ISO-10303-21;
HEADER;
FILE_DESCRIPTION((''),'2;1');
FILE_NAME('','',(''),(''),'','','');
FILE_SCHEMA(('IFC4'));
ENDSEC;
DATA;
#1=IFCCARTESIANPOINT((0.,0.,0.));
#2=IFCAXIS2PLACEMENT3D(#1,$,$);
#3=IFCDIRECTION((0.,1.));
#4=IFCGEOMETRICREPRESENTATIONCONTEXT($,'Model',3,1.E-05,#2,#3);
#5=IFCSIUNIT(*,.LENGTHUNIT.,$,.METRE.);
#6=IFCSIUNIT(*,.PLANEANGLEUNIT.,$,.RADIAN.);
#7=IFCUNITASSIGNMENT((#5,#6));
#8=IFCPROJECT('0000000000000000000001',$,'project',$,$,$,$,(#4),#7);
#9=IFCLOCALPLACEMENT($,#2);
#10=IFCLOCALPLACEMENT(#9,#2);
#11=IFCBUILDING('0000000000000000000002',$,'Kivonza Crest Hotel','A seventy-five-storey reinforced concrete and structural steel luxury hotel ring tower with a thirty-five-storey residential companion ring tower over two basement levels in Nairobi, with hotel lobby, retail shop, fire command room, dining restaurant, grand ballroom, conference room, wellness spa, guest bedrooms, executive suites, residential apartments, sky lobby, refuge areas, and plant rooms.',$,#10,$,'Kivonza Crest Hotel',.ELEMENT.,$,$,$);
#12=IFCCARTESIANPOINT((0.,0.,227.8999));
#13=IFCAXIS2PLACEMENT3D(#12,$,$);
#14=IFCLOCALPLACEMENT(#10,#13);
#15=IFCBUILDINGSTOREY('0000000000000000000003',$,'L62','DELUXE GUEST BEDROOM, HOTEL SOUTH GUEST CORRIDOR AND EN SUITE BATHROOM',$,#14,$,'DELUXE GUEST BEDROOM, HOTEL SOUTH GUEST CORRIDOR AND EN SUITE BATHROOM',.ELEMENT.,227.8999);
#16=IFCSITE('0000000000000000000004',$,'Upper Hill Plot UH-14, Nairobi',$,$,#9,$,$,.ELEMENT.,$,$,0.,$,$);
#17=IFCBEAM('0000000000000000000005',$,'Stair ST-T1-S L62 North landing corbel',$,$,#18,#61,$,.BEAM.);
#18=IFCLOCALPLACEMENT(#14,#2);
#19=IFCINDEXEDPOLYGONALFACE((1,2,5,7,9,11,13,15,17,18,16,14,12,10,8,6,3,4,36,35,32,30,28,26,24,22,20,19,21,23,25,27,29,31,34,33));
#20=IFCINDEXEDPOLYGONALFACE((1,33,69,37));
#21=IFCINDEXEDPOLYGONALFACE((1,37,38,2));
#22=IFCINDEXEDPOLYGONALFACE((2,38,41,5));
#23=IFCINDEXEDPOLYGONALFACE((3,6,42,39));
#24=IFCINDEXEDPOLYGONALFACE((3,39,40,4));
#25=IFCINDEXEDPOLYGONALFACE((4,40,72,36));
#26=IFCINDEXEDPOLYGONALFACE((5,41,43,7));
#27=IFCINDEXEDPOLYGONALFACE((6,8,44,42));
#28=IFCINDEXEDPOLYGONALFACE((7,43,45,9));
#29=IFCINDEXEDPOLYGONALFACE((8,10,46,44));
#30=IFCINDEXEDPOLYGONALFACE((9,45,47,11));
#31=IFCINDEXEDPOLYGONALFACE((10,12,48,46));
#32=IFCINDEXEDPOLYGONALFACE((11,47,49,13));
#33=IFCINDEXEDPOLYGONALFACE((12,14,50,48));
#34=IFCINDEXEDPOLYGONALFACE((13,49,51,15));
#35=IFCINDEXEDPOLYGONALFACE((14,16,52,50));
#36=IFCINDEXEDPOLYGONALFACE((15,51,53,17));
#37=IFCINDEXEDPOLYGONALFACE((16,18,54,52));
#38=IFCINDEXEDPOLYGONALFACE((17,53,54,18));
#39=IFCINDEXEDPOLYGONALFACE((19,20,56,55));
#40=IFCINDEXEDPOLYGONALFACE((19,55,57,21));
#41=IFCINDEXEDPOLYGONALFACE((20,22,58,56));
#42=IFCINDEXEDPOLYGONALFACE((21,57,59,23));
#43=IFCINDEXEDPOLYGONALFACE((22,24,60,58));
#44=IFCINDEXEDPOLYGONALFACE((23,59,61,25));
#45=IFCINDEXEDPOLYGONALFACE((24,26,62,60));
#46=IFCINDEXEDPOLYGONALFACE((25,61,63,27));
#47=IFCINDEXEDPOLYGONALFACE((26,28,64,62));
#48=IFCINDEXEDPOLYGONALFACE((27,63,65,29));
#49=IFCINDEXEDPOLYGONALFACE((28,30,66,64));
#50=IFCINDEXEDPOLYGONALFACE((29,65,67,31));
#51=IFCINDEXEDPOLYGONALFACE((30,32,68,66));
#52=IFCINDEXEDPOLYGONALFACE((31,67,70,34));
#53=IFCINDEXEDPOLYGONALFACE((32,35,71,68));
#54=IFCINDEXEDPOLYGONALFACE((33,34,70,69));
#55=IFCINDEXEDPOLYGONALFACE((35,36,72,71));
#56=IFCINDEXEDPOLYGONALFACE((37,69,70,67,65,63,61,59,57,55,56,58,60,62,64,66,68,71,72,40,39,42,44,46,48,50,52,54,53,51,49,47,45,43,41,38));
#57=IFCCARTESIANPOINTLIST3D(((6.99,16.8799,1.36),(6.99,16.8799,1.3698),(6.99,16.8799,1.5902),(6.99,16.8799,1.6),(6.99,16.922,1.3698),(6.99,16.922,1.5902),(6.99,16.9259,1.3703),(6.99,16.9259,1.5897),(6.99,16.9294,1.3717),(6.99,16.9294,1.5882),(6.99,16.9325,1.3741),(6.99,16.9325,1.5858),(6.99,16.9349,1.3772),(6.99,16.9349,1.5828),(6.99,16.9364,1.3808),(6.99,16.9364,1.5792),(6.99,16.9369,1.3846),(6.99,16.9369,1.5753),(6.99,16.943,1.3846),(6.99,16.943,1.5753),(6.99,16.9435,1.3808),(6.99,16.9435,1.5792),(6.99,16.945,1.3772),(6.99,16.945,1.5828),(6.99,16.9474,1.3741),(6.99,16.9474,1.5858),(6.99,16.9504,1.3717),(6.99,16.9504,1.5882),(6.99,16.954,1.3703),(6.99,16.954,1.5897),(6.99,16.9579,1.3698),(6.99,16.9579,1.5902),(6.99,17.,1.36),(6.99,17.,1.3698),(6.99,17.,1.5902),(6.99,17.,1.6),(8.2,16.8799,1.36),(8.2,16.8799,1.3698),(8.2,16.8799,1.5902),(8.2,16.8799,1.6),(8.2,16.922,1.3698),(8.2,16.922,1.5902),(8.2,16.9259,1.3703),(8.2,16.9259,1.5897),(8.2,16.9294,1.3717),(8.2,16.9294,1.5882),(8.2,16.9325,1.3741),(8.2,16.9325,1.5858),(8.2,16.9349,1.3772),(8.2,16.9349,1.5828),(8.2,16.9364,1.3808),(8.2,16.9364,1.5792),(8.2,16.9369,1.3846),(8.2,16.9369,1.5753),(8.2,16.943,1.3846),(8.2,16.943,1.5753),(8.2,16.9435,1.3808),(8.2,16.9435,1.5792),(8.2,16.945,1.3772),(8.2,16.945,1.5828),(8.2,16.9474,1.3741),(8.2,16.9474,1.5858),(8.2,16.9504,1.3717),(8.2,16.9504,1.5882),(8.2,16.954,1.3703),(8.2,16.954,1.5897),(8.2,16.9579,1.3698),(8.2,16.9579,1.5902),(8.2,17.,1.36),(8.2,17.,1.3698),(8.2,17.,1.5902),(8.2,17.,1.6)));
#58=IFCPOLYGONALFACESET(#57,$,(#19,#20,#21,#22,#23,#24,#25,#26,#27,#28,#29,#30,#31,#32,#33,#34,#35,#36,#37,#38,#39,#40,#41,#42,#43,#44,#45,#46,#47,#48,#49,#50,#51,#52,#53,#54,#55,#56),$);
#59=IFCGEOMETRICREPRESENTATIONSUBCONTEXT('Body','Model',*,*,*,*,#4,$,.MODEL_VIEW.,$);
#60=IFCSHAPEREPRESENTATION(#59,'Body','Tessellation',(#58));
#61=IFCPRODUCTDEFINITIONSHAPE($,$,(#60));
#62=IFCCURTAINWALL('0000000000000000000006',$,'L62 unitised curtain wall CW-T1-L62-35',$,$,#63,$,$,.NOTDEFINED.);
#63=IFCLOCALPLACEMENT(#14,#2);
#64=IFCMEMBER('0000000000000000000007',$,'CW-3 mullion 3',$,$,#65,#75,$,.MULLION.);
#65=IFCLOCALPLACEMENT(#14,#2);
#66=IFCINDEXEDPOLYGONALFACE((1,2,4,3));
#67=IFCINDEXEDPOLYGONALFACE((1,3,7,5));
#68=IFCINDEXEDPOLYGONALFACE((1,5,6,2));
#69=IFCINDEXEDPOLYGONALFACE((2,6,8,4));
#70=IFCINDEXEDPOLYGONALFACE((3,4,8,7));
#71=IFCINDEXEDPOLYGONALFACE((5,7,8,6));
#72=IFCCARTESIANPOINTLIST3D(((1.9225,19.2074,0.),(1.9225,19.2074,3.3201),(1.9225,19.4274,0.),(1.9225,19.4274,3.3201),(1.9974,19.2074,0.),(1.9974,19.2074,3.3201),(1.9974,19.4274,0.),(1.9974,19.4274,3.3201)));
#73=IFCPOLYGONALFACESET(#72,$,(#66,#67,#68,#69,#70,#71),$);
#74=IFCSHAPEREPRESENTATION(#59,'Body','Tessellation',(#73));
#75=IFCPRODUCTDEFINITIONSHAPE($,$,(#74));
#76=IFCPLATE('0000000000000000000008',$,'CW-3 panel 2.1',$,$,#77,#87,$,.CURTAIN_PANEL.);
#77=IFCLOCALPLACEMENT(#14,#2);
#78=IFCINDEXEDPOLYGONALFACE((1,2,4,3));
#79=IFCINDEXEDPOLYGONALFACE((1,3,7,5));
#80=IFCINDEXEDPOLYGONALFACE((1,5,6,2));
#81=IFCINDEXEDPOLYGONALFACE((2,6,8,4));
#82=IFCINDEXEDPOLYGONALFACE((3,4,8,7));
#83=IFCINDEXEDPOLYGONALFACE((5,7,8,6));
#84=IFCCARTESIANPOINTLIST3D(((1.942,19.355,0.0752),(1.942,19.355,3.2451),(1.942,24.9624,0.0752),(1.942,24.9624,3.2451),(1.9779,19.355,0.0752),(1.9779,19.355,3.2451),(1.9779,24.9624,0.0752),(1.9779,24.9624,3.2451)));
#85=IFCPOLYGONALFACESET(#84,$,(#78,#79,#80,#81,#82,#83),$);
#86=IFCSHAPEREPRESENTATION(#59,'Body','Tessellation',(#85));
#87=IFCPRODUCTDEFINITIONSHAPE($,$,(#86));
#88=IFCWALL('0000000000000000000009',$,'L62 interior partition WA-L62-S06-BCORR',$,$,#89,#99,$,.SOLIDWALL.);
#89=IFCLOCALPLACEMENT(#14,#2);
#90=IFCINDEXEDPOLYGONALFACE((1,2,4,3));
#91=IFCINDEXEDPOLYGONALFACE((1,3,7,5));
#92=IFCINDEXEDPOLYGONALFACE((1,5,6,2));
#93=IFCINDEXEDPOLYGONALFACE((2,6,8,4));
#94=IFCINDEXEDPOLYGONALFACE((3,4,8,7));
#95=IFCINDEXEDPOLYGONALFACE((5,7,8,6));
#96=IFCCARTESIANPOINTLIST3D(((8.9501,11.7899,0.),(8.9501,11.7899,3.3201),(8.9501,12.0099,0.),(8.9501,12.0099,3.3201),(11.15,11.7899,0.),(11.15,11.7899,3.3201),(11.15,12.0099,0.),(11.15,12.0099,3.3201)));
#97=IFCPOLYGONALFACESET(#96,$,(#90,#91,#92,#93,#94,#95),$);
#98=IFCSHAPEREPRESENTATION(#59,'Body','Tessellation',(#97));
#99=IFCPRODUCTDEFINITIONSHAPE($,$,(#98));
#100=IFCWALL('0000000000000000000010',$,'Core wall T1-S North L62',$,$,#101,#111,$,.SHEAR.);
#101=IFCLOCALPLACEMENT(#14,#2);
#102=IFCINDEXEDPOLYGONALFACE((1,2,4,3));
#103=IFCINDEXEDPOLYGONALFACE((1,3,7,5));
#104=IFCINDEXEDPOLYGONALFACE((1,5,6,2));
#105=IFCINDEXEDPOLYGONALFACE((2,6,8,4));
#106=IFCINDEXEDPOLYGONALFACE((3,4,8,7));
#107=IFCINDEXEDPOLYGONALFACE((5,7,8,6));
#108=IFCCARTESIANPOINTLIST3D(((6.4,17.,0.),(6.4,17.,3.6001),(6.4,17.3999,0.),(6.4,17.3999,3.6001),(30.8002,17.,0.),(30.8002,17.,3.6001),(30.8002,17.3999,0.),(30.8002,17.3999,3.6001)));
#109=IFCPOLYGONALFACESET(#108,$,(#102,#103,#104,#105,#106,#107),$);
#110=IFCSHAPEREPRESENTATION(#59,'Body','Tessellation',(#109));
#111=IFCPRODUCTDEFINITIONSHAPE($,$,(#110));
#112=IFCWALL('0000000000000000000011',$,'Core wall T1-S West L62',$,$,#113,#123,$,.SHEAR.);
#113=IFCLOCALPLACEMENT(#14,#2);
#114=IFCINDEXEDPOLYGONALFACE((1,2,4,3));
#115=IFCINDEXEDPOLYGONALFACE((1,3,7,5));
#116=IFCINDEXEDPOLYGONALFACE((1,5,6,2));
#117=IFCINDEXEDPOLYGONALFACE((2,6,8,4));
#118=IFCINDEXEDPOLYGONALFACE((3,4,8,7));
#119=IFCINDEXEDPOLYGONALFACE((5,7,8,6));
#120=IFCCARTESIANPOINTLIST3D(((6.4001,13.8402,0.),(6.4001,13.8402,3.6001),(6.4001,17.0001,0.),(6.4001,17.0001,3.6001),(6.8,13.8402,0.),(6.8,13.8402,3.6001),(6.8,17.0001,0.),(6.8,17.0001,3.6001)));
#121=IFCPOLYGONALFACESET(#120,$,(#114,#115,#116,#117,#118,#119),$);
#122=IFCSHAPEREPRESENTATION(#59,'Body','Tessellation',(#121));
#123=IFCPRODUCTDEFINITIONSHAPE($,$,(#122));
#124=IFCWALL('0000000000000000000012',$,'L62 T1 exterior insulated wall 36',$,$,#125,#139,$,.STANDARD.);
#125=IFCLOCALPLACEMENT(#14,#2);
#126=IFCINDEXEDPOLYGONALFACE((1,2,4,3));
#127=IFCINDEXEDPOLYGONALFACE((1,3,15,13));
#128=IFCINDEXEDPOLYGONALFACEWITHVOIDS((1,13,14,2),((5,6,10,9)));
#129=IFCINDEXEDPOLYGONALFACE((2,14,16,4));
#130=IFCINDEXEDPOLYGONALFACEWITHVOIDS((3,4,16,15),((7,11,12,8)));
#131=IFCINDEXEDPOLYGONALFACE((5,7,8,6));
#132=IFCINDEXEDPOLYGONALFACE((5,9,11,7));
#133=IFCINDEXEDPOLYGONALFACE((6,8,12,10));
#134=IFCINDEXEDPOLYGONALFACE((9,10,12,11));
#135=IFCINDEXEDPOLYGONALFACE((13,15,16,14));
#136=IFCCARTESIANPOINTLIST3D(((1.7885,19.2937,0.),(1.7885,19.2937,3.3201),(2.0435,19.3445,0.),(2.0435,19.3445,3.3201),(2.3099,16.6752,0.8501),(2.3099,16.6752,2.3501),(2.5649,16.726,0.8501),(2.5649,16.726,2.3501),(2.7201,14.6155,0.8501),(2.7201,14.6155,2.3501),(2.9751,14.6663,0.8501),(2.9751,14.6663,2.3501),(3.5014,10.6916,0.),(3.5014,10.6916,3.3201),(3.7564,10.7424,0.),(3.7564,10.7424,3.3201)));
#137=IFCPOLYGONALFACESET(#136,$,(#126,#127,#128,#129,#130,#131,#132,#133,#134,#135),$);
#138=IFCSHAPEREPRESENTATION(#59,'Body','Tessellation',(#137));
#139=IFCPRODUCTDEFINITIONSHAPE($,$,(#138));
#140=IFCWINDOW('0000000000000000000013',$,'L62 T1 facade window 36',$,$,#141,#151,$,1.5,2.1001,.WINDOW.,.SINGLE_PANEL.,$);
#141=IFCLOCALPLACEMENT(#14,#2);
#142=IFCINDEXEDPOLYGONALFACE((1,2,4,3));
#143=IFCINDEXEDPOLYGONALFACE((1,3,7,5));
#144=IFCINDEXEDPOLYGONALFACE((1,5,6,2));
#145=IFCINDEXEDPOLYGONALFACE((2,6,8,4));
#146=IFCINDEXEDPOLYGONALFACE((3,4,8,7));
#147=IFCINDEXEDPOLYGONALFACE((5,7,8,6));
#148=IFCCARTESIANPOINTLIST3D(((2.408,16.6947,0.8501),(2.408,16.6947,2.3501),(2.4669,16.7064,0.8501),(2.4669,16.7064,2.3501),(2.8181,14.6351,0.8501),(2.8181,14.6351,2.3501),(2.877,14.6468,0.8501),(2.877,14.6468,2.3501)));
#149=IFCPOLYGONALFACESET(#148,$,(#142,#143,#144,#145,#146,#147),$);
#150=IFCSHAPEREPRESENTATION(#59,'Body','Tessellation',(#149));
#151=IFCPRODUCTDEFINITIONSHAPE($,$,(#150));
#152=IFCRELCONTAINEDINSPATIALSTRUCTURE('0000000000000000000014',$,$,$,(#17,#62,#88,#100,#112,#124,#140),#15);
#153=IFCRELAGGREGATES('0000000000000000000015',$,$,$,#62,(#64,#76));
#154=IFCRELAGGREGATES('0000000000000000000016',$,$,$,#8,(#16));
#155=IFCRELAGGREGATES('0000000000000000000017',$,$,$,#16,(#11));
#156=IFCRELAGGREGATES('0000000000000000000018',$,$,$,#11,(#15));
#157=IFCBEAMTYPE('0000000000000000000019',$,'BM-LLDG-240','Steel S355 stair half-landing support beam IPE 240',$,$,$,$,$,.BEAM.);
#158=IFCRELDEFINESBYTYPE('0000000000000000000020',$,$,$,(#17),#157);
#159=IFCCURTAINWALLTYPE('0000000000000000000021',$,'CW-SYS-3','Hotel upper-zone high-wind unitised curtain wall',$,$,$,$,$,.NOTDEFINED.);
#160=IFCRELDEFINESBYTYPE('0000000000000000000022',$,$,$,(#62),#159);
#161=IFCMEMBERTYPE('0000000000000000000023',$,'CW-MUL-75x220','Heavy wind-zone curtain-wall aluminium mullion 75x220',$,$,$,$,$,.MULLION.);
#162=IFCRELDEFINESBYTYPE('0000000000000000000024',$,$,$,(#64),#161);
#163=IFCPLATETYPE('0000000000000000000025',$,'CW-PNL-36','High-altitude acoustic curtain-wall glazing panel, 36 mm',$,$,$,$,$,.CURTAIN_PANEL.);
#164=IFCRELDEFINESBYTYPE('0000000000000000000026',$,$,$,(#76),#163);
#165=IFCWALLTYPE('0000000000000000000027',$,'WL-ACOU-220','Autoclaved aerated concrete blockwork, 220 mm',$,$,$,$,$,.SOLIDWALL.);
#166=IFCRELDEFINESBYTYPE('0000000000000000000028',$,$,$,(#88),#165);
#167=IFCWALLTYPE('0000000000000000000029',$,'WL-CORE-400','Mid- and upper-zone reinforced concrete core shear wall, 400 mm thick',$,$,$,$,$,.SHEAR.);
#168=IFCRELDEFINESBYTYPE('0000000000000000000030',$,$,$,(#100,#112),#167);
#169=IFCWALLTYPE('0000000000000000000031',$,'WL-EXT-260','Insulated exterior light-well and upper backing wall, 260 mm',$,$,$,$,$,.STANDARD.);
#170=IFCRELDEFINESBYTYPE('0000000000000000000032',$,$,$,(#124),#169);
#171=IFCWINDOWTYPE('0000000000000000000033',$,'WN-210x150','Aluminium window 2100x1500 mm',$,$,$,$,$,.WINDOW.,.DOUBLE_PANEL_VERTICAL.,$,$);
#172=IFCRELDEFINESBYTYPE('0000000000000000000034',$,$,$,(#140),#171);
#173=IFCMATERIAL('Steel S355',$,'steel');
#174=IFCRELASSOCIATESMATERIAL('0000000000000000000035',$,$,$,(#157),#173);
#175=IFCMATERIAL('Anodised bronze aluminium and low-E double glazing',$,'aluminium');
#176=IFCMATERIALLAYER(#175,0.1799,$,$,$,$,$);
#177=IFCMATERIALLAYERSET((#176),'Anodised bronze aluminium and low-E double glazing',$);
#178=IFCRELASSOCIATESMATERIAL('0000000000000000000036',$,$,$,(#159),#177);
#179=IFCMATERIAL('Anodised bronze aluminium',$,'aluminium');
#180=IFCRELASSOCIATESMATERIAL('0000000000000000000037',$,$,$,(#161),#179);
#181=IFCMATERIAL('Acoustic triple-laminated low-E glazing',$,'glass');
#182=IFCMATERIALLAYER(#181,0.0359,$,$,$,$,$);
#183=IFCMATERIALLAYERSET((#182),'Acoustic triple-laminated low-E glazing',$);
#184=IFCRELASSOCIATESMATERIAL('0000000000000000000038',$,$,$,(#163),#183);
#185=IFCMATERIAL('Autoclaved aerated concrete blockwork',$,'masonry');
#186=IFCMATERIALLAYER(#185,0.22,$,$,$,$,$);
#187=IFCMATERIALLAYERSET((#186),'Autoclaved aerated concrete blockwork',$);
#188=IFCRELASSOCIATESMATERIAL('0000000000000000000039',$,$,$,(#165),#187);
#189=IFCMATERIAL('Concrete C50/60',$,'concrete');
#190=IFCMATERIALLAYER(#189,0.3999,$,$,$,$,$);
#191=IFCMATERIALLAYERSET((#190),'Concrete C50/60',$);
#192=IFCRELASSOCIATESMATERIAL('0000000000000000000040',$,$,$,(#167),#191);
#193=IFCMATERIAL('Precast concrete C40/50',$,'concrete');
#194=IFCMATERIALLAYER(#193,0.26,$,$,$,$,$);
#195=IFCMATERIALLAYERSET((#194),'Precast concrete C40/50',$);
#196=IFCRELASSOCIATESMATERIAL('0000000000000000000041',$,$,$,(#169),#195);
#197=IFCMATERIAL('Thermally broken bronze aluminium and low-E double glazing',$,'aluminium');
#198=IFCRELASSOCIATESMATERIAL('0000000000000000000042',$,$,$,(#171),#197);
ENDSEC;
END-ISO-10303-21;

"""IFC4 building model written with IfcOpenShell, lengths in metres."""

from ifc_helpers import new_model, si_unit, direction, frame, frame_2d, origin, origin_2d, place, context, subcontext, project, spatial, rectangle, i_section, extrude, material, layer, layer_set, material_profile, profile_set, type_object, element, fill, aggregate, save


model = new_model("IFC4")

# Units and contexts
model_context = context("Model", 3, precision=1e-05, world=origin(), true_north=direction((0.0, 1.0)))
body_context = subcontext(model_context, "Body", "Model", "MODEL_VIEW")
ifc_project = project(units=[si_unit("LENGTHUNIT", "METRE"), si_unit("PLANEANGLEUNIT", "RADIAN")], contexts=[model_context])

# Site, building, storey
site_placement = place(None, origin())
site = spatial("IfcSite", under=ifc_project, at=site_placement, Name="Upper Hill Plot UH-14, Nairobi", CompositionType="ELEMENT", RefElevation=0.0)
building_placement = place(site_placement, origin())
building = spatial("IfcBuilding", under=site, at=building_placement, Name="Kivonza Crest Hotel", Description="A seventy-five-storey reinforced concrete and structural steel luxury hotel ring tower with a thirty-five-storey residential companion ring tower over two basement levels in Nairobi, with hotel lobby, retail shop, fire command room, dining restaurant, grand ballroom, conference room, wellness spa, guest bedrooms, executive suites, residential apartments, sky lobby, refuge areas, and plant rooms.", LongName="Kivonza Crest Hotel", CompositionType="ELEMENT")
storey_placement = place(building_placement, frame((0.0, 0.0, 227.8999)))
storey = spatial("IfcBuildingStorey", under=building, at=storey_placement, Name="L62", Description="DELUXE GUEST BEDROOM, HOTEL SOUTH GUEST CORRIDOR AND EN SUITE BATHROOM", LongName="DELUXE GUEST BEDROOM, HOTEL SOUTH GUEST CORRIDOR AND EN SUITE BATHROOM", CompositionType="ELEMENT", Elevation=227.8999)

# Shared definitions
ifc_material_1 = material(Name="Concrete C50/60", Category="concrete")

# Beam
ifc_material_2 = material(Name="Steel S355", Category="steel")
ifc_material_profile_1 = material_profile(ifc_material_2, i_section(OverallWidth=0.1201, OverallDepth=0.24, WebThickness=0.0061, FlangeThickness=0.0098, FilletRadius=0.0149, at=origin_2d()), Name="IPE 240")
ifc_profile_set_1 = profile_set([ifc_material_profile_1], Name="Steel S355")
beam_type_1 = type_object("IfcBeamType", Name="BM-LLDG-240", Description="Steel S355 stair half-landing support beam IPE 240", PredefinedType="BEAM", material=ifc_profile_set_1)
for number, where, z_axis, x_axis, name in (
    (1, (6.99, 16.9399, 1.48), (1.0, 0.0, 0.0), (0.0, 1.0, 0.0), "Stair ST-T1-S L62 North landing corbel"),
):
    element("IfcBeam", number, at=place(storey_placement, frame(where, z_axis=z_axis, x_axis=x_axis)), inside=storey, type_object=beam_type_1, Name=name, PredefinedType="BEAM", context=body_context, shape_type="SweptSolid", body=[
        extrude(i_section(OverallWidth=0.1201, OverallDepth=0.24, WebThickness=0.0061, FlangeThickness=0.0098, FilletRadius=0.0149, at=origin_2d()), origin(), (0.0, 0.0, 1.0), 1.21),
    ])

# Curtain wall, member, plate
ifc_material_3 = material(Name="Anodised bronze aluminium and low-E double glazing", Category="aluminium")
ifc_layer_1 = layer(ifc_material_3, 0.1799)
ifc_layer_set_1 = layer_set([ifc_layer_1], Name="Anodised bronze aluminium and low-E double glazing")
curtain_wall_type = type_object("IfcCurtainWallType", Name="CW-SYS-3", Description="Hotel upper-zone high-wind unitised curtain wall", PredefinedType="NOTDEFINED", material=ifc_layer_set_1)
curtain_wall_placement = place(storey_placement, origin())
curtain_wall = element("IfcCurtainWall", 2, at=curtain_wall_placement, inside=storey, type_object=curtain_wall_type, Name="L62 unitised curtain wall CW-T1-L62-35", PredefinedType="NOTDEFINED")
ifc_material_4 = material(Name="Anodised bronze aluminium", Category="aluminium")
ifc_material_profile_2 = material_profile(ifc_material_4, rectangle(XDim=0.075, YDim=0.22, at=origin_2d()), Name="CW-M 75x220")
ifc_profile_set_2 = profile_set([ifc_material_profile_2], Name="Anodised bronze aluminium")
member_type = type_object("IfcMemberType", Name="CW-MUL-75x220", Description="Heavy wind-zone curtain-wall aluminium mullion 75x220", PredefinedType="MULLION", material=ifc_profile_set_2)
member_placement = place(storey_placement, frame((1.96, 19.3174, 0.0), z_axis=(0.0, 0.0, 1.0), x_axis=(1.0, 0.0, 0.0)))
member = element("IfcMember", 3, at=member_placement, type_object=member_type, Name="CW-3 mullion 3", PredefinedType="MULLION", context=body_context, shape_type="SweptSolid", body=[
    extrude(rectangle(XDim=0.075, YDim=0.22, at=origin_2d()), origin(), (0.0, 0.0, 1.0), 3.3201),
])
ifc_material_5 = material(Name="Acoustic triple-laminated low-E glazing", Category="glass")
ifc_layer_2 = layer(ifc_material_5, 0.0359)
ifc_layer_set_2 = layer_set([ifc_layer_2], Name="Acoustic triple-laminated low-E glazing")
plate_type = type_object("IfcPlateType", Name="CW-PNL-36", Description="High-altitude acoustic curtain-wall glazing panel, 36 mm", PredefinedType="CURTAIN_PANEL", material=ifc_layer_set_2)
plate_placement = place(storey_placement, frame((1.96, 22.1587, 0.0752), z_axis=(0.0, 0.0, 1.0), x_axis=(0.0, -1.0, 0.0)))
plate = element("IfcPlate", 4, at=plate_placement, type_object=plate_type, Name="CW-3 panel 2.1", PredefinedType="CURTAIN_PANEL", context=body_context, shape_type="SweptSolid", body=[
    extrude(rectangle(XDim=5.6074, YDim=0.0359, at=origin_2d()), origin(), (0.0, 0.0, 1.0), 3.1699),
])
aggregate(curtain_wall, [member, plate])

# Wall
ifc_material_6 = material(Name="Autoclaved aerated concrete blockwork", Category="masonry")
ifc_layer_3 = layer(ifc_material_6, 0.22)
ifc_layer_set_3 = layer_set([ifc_layer_3], Name="Autoclaved aerated concrete blockwork")
wall_type_1 = type_object("IfcWallType", Name="WL-ACOU-220", Description="Autoclaved aerated concrete blockwork, 220 mm", PredefinedType="SOLIDWALL", material=ifc_layer_set_3)
wall_1_placement = place(storey_placement, frame((8.95, 11.8999, 0.0), z_axis=(0.0, 0.0, 1.0), x_axis=(1.0, 0.0, 0.0)))
element("IfcWall", 5, at=wall_1_placement, inside=storey, type_object=wall_type_1, Name="L62 interior partition WA-L62-S06-BCORR", PredefinedType="SOLIDWALL", context=body_context, shape_type="SweptSolid", body=[
    extrude(rectangle(XDim=2.2, YDim=0.22, at=frame_2d((1.1001, 0.0))), origin(), (0.0, 0.0, 1.0), 3.3201),
])

# Shared definitions
ifc_layer_4 = layer(ifc_material_1, 0.3999)
ifc_layer_set_4 = layer_set([ifc_layer_4], Name="Concrete C50/60")
wall_type_2 = type_object("IfcWallType", Name="WL-CORE-400", Description="Mid- and upper-zone reinforced concrete core shear wall, 400 mm thick", PredefinedType="SHEAR", material=ifc_layer_set_4)

# Walls
wall_2_placement = place(storey_placement, frame((6.3999, 17.2, 0.0), z_axis=(0.0, 0.0, 1.0), x_axis=(1.0, 0.0, 0.0)))
element("IfcWall", 6, at=wall_2_placement, inside=storey, type_object=wall_type_2, Name="Core wall T1-S North L62", PredefinedType="SHEAR", context=body_context, shape_type="SweptSolid", body=[
    extrude(rectangle(XDim=24.4001, YDim=0.3999, at=frame_2d((12.2002, 0.0))), origin(), (0.0, 0.0, 1.0), 3.6001),
])
wall_3_placement = place(storey_placement, frame((6.6001, 13.8401, 0.0), z_axis=(0.0, 0.0, 1.0), x_axis=(0.0, 1.0, 0.0)))
element("IfcWall", 7, at=wall_3_placement, inside=storey, type_object=wall_type_2, Name="Core wall T1-S West L62", PredefinedType="SHEAR", context=body_context, shape_type="SweptSolid", body=[
    extrude(rectangle(XDim=3.1599, YDim=0.3999, at=frame_2d((1.5801, 0.0))), origin(), (0.0, 0.0, 1.0), 3.6001),
])

# Wall, opening, window
ifc_material_7 = material(Name="Precast concrete C40/50", Category="concrete")
ifc_layer_5 = layer(ifc_material_7, 0.26)
ifc_layer_set_5 = layer_set([ifc_layer_5], Name="Precast concrete C40/50")
wall_type_3 = type_object("IfcWallType", Name="WL-EXT-260", Description="Insulated exterior light-well and upper backing wall, 260 mm", PredefinedType="STANDARD", material=ifc_layer_set_5)
wall_4_placement = place(storey_placement, frame((1.916, 19.3191, 0.0), z_axis=(0.0, 0.0, 1.0), x_axis=(0.195292, -0.980745, 0.0)))
wall_4 = element("IfcWall", 8, at=wall_4_placement, inside=storey, type_object=wall_type_3, Name="L62 T1 exterior insulated wall 36", PredefinedType="STANDARD", context=body_context, shape_type="SweptSolid", body=[
    extrude(rectangle(XDim=8.771, YDim=0.26, at=frame_2d((4.3855, 0.0))), origin(), (0.0, 0.0, 1.0), 3.3201),
])
opening_1_placement = place(wall_4_placement, frame((2.6699, 0.0, 0.8501)))
opening_1 = element("IfcOpeningElement", 9, at=opening_1_placement, cuts=wall_4, PredefinedType="OPENING", context=body_context, shape_type="SweptSolid", body=[
    extrude(rectangle(XDim=2.1001, YDim=1.5, at=frame_2d((1.05, 0.75))), frame((0.0, 0.1401, 0.0), z_axis=(0.0, -1.0, 0.0), x_axis=(1.0, 0.0, 0.0)), (0.0, 0.0, 1.0), 0.28),
])
ifc_material_8 = material(Name="Thermally broken bronze aluminium and low-E double glazing", Category="aluminium")
window_type = type_object("IfcWindowType", Name="WN-210x150", Description="Aluminium window 2100x1500 mm", PartitioningType="DOUBLE_PANEL_VERTICAL", PredefinedType="WINDOW", material=ifc_material_8)
window_placement = place(opening_1_placement, origin())
window = element("IfcWindow", 10, at=window_placement, inside=storey, type_object=window_type, Name="L62 T1 facade window 36", OverallHeight=1.5, OverallWidth=2.1001, PartitioningType="SINGLE_PANEL", PredefinedType="WINDOW", context=body_context, shape_type="SweptSolid", body=[
    extrude(rectangle(XDim=2.1001, YDim=1.5, at=frame_2d((1.05, 0.75))), frame((0.0, 0.03, 0.0), z_axis=(0.0, -1.0, 0.0), x_axis=(1.0, 0.0, 0.0)), (0.0, 0.0, 1.0), 0.0601),
])
fill(opening_1, window)

save(model, "model.ifc")
